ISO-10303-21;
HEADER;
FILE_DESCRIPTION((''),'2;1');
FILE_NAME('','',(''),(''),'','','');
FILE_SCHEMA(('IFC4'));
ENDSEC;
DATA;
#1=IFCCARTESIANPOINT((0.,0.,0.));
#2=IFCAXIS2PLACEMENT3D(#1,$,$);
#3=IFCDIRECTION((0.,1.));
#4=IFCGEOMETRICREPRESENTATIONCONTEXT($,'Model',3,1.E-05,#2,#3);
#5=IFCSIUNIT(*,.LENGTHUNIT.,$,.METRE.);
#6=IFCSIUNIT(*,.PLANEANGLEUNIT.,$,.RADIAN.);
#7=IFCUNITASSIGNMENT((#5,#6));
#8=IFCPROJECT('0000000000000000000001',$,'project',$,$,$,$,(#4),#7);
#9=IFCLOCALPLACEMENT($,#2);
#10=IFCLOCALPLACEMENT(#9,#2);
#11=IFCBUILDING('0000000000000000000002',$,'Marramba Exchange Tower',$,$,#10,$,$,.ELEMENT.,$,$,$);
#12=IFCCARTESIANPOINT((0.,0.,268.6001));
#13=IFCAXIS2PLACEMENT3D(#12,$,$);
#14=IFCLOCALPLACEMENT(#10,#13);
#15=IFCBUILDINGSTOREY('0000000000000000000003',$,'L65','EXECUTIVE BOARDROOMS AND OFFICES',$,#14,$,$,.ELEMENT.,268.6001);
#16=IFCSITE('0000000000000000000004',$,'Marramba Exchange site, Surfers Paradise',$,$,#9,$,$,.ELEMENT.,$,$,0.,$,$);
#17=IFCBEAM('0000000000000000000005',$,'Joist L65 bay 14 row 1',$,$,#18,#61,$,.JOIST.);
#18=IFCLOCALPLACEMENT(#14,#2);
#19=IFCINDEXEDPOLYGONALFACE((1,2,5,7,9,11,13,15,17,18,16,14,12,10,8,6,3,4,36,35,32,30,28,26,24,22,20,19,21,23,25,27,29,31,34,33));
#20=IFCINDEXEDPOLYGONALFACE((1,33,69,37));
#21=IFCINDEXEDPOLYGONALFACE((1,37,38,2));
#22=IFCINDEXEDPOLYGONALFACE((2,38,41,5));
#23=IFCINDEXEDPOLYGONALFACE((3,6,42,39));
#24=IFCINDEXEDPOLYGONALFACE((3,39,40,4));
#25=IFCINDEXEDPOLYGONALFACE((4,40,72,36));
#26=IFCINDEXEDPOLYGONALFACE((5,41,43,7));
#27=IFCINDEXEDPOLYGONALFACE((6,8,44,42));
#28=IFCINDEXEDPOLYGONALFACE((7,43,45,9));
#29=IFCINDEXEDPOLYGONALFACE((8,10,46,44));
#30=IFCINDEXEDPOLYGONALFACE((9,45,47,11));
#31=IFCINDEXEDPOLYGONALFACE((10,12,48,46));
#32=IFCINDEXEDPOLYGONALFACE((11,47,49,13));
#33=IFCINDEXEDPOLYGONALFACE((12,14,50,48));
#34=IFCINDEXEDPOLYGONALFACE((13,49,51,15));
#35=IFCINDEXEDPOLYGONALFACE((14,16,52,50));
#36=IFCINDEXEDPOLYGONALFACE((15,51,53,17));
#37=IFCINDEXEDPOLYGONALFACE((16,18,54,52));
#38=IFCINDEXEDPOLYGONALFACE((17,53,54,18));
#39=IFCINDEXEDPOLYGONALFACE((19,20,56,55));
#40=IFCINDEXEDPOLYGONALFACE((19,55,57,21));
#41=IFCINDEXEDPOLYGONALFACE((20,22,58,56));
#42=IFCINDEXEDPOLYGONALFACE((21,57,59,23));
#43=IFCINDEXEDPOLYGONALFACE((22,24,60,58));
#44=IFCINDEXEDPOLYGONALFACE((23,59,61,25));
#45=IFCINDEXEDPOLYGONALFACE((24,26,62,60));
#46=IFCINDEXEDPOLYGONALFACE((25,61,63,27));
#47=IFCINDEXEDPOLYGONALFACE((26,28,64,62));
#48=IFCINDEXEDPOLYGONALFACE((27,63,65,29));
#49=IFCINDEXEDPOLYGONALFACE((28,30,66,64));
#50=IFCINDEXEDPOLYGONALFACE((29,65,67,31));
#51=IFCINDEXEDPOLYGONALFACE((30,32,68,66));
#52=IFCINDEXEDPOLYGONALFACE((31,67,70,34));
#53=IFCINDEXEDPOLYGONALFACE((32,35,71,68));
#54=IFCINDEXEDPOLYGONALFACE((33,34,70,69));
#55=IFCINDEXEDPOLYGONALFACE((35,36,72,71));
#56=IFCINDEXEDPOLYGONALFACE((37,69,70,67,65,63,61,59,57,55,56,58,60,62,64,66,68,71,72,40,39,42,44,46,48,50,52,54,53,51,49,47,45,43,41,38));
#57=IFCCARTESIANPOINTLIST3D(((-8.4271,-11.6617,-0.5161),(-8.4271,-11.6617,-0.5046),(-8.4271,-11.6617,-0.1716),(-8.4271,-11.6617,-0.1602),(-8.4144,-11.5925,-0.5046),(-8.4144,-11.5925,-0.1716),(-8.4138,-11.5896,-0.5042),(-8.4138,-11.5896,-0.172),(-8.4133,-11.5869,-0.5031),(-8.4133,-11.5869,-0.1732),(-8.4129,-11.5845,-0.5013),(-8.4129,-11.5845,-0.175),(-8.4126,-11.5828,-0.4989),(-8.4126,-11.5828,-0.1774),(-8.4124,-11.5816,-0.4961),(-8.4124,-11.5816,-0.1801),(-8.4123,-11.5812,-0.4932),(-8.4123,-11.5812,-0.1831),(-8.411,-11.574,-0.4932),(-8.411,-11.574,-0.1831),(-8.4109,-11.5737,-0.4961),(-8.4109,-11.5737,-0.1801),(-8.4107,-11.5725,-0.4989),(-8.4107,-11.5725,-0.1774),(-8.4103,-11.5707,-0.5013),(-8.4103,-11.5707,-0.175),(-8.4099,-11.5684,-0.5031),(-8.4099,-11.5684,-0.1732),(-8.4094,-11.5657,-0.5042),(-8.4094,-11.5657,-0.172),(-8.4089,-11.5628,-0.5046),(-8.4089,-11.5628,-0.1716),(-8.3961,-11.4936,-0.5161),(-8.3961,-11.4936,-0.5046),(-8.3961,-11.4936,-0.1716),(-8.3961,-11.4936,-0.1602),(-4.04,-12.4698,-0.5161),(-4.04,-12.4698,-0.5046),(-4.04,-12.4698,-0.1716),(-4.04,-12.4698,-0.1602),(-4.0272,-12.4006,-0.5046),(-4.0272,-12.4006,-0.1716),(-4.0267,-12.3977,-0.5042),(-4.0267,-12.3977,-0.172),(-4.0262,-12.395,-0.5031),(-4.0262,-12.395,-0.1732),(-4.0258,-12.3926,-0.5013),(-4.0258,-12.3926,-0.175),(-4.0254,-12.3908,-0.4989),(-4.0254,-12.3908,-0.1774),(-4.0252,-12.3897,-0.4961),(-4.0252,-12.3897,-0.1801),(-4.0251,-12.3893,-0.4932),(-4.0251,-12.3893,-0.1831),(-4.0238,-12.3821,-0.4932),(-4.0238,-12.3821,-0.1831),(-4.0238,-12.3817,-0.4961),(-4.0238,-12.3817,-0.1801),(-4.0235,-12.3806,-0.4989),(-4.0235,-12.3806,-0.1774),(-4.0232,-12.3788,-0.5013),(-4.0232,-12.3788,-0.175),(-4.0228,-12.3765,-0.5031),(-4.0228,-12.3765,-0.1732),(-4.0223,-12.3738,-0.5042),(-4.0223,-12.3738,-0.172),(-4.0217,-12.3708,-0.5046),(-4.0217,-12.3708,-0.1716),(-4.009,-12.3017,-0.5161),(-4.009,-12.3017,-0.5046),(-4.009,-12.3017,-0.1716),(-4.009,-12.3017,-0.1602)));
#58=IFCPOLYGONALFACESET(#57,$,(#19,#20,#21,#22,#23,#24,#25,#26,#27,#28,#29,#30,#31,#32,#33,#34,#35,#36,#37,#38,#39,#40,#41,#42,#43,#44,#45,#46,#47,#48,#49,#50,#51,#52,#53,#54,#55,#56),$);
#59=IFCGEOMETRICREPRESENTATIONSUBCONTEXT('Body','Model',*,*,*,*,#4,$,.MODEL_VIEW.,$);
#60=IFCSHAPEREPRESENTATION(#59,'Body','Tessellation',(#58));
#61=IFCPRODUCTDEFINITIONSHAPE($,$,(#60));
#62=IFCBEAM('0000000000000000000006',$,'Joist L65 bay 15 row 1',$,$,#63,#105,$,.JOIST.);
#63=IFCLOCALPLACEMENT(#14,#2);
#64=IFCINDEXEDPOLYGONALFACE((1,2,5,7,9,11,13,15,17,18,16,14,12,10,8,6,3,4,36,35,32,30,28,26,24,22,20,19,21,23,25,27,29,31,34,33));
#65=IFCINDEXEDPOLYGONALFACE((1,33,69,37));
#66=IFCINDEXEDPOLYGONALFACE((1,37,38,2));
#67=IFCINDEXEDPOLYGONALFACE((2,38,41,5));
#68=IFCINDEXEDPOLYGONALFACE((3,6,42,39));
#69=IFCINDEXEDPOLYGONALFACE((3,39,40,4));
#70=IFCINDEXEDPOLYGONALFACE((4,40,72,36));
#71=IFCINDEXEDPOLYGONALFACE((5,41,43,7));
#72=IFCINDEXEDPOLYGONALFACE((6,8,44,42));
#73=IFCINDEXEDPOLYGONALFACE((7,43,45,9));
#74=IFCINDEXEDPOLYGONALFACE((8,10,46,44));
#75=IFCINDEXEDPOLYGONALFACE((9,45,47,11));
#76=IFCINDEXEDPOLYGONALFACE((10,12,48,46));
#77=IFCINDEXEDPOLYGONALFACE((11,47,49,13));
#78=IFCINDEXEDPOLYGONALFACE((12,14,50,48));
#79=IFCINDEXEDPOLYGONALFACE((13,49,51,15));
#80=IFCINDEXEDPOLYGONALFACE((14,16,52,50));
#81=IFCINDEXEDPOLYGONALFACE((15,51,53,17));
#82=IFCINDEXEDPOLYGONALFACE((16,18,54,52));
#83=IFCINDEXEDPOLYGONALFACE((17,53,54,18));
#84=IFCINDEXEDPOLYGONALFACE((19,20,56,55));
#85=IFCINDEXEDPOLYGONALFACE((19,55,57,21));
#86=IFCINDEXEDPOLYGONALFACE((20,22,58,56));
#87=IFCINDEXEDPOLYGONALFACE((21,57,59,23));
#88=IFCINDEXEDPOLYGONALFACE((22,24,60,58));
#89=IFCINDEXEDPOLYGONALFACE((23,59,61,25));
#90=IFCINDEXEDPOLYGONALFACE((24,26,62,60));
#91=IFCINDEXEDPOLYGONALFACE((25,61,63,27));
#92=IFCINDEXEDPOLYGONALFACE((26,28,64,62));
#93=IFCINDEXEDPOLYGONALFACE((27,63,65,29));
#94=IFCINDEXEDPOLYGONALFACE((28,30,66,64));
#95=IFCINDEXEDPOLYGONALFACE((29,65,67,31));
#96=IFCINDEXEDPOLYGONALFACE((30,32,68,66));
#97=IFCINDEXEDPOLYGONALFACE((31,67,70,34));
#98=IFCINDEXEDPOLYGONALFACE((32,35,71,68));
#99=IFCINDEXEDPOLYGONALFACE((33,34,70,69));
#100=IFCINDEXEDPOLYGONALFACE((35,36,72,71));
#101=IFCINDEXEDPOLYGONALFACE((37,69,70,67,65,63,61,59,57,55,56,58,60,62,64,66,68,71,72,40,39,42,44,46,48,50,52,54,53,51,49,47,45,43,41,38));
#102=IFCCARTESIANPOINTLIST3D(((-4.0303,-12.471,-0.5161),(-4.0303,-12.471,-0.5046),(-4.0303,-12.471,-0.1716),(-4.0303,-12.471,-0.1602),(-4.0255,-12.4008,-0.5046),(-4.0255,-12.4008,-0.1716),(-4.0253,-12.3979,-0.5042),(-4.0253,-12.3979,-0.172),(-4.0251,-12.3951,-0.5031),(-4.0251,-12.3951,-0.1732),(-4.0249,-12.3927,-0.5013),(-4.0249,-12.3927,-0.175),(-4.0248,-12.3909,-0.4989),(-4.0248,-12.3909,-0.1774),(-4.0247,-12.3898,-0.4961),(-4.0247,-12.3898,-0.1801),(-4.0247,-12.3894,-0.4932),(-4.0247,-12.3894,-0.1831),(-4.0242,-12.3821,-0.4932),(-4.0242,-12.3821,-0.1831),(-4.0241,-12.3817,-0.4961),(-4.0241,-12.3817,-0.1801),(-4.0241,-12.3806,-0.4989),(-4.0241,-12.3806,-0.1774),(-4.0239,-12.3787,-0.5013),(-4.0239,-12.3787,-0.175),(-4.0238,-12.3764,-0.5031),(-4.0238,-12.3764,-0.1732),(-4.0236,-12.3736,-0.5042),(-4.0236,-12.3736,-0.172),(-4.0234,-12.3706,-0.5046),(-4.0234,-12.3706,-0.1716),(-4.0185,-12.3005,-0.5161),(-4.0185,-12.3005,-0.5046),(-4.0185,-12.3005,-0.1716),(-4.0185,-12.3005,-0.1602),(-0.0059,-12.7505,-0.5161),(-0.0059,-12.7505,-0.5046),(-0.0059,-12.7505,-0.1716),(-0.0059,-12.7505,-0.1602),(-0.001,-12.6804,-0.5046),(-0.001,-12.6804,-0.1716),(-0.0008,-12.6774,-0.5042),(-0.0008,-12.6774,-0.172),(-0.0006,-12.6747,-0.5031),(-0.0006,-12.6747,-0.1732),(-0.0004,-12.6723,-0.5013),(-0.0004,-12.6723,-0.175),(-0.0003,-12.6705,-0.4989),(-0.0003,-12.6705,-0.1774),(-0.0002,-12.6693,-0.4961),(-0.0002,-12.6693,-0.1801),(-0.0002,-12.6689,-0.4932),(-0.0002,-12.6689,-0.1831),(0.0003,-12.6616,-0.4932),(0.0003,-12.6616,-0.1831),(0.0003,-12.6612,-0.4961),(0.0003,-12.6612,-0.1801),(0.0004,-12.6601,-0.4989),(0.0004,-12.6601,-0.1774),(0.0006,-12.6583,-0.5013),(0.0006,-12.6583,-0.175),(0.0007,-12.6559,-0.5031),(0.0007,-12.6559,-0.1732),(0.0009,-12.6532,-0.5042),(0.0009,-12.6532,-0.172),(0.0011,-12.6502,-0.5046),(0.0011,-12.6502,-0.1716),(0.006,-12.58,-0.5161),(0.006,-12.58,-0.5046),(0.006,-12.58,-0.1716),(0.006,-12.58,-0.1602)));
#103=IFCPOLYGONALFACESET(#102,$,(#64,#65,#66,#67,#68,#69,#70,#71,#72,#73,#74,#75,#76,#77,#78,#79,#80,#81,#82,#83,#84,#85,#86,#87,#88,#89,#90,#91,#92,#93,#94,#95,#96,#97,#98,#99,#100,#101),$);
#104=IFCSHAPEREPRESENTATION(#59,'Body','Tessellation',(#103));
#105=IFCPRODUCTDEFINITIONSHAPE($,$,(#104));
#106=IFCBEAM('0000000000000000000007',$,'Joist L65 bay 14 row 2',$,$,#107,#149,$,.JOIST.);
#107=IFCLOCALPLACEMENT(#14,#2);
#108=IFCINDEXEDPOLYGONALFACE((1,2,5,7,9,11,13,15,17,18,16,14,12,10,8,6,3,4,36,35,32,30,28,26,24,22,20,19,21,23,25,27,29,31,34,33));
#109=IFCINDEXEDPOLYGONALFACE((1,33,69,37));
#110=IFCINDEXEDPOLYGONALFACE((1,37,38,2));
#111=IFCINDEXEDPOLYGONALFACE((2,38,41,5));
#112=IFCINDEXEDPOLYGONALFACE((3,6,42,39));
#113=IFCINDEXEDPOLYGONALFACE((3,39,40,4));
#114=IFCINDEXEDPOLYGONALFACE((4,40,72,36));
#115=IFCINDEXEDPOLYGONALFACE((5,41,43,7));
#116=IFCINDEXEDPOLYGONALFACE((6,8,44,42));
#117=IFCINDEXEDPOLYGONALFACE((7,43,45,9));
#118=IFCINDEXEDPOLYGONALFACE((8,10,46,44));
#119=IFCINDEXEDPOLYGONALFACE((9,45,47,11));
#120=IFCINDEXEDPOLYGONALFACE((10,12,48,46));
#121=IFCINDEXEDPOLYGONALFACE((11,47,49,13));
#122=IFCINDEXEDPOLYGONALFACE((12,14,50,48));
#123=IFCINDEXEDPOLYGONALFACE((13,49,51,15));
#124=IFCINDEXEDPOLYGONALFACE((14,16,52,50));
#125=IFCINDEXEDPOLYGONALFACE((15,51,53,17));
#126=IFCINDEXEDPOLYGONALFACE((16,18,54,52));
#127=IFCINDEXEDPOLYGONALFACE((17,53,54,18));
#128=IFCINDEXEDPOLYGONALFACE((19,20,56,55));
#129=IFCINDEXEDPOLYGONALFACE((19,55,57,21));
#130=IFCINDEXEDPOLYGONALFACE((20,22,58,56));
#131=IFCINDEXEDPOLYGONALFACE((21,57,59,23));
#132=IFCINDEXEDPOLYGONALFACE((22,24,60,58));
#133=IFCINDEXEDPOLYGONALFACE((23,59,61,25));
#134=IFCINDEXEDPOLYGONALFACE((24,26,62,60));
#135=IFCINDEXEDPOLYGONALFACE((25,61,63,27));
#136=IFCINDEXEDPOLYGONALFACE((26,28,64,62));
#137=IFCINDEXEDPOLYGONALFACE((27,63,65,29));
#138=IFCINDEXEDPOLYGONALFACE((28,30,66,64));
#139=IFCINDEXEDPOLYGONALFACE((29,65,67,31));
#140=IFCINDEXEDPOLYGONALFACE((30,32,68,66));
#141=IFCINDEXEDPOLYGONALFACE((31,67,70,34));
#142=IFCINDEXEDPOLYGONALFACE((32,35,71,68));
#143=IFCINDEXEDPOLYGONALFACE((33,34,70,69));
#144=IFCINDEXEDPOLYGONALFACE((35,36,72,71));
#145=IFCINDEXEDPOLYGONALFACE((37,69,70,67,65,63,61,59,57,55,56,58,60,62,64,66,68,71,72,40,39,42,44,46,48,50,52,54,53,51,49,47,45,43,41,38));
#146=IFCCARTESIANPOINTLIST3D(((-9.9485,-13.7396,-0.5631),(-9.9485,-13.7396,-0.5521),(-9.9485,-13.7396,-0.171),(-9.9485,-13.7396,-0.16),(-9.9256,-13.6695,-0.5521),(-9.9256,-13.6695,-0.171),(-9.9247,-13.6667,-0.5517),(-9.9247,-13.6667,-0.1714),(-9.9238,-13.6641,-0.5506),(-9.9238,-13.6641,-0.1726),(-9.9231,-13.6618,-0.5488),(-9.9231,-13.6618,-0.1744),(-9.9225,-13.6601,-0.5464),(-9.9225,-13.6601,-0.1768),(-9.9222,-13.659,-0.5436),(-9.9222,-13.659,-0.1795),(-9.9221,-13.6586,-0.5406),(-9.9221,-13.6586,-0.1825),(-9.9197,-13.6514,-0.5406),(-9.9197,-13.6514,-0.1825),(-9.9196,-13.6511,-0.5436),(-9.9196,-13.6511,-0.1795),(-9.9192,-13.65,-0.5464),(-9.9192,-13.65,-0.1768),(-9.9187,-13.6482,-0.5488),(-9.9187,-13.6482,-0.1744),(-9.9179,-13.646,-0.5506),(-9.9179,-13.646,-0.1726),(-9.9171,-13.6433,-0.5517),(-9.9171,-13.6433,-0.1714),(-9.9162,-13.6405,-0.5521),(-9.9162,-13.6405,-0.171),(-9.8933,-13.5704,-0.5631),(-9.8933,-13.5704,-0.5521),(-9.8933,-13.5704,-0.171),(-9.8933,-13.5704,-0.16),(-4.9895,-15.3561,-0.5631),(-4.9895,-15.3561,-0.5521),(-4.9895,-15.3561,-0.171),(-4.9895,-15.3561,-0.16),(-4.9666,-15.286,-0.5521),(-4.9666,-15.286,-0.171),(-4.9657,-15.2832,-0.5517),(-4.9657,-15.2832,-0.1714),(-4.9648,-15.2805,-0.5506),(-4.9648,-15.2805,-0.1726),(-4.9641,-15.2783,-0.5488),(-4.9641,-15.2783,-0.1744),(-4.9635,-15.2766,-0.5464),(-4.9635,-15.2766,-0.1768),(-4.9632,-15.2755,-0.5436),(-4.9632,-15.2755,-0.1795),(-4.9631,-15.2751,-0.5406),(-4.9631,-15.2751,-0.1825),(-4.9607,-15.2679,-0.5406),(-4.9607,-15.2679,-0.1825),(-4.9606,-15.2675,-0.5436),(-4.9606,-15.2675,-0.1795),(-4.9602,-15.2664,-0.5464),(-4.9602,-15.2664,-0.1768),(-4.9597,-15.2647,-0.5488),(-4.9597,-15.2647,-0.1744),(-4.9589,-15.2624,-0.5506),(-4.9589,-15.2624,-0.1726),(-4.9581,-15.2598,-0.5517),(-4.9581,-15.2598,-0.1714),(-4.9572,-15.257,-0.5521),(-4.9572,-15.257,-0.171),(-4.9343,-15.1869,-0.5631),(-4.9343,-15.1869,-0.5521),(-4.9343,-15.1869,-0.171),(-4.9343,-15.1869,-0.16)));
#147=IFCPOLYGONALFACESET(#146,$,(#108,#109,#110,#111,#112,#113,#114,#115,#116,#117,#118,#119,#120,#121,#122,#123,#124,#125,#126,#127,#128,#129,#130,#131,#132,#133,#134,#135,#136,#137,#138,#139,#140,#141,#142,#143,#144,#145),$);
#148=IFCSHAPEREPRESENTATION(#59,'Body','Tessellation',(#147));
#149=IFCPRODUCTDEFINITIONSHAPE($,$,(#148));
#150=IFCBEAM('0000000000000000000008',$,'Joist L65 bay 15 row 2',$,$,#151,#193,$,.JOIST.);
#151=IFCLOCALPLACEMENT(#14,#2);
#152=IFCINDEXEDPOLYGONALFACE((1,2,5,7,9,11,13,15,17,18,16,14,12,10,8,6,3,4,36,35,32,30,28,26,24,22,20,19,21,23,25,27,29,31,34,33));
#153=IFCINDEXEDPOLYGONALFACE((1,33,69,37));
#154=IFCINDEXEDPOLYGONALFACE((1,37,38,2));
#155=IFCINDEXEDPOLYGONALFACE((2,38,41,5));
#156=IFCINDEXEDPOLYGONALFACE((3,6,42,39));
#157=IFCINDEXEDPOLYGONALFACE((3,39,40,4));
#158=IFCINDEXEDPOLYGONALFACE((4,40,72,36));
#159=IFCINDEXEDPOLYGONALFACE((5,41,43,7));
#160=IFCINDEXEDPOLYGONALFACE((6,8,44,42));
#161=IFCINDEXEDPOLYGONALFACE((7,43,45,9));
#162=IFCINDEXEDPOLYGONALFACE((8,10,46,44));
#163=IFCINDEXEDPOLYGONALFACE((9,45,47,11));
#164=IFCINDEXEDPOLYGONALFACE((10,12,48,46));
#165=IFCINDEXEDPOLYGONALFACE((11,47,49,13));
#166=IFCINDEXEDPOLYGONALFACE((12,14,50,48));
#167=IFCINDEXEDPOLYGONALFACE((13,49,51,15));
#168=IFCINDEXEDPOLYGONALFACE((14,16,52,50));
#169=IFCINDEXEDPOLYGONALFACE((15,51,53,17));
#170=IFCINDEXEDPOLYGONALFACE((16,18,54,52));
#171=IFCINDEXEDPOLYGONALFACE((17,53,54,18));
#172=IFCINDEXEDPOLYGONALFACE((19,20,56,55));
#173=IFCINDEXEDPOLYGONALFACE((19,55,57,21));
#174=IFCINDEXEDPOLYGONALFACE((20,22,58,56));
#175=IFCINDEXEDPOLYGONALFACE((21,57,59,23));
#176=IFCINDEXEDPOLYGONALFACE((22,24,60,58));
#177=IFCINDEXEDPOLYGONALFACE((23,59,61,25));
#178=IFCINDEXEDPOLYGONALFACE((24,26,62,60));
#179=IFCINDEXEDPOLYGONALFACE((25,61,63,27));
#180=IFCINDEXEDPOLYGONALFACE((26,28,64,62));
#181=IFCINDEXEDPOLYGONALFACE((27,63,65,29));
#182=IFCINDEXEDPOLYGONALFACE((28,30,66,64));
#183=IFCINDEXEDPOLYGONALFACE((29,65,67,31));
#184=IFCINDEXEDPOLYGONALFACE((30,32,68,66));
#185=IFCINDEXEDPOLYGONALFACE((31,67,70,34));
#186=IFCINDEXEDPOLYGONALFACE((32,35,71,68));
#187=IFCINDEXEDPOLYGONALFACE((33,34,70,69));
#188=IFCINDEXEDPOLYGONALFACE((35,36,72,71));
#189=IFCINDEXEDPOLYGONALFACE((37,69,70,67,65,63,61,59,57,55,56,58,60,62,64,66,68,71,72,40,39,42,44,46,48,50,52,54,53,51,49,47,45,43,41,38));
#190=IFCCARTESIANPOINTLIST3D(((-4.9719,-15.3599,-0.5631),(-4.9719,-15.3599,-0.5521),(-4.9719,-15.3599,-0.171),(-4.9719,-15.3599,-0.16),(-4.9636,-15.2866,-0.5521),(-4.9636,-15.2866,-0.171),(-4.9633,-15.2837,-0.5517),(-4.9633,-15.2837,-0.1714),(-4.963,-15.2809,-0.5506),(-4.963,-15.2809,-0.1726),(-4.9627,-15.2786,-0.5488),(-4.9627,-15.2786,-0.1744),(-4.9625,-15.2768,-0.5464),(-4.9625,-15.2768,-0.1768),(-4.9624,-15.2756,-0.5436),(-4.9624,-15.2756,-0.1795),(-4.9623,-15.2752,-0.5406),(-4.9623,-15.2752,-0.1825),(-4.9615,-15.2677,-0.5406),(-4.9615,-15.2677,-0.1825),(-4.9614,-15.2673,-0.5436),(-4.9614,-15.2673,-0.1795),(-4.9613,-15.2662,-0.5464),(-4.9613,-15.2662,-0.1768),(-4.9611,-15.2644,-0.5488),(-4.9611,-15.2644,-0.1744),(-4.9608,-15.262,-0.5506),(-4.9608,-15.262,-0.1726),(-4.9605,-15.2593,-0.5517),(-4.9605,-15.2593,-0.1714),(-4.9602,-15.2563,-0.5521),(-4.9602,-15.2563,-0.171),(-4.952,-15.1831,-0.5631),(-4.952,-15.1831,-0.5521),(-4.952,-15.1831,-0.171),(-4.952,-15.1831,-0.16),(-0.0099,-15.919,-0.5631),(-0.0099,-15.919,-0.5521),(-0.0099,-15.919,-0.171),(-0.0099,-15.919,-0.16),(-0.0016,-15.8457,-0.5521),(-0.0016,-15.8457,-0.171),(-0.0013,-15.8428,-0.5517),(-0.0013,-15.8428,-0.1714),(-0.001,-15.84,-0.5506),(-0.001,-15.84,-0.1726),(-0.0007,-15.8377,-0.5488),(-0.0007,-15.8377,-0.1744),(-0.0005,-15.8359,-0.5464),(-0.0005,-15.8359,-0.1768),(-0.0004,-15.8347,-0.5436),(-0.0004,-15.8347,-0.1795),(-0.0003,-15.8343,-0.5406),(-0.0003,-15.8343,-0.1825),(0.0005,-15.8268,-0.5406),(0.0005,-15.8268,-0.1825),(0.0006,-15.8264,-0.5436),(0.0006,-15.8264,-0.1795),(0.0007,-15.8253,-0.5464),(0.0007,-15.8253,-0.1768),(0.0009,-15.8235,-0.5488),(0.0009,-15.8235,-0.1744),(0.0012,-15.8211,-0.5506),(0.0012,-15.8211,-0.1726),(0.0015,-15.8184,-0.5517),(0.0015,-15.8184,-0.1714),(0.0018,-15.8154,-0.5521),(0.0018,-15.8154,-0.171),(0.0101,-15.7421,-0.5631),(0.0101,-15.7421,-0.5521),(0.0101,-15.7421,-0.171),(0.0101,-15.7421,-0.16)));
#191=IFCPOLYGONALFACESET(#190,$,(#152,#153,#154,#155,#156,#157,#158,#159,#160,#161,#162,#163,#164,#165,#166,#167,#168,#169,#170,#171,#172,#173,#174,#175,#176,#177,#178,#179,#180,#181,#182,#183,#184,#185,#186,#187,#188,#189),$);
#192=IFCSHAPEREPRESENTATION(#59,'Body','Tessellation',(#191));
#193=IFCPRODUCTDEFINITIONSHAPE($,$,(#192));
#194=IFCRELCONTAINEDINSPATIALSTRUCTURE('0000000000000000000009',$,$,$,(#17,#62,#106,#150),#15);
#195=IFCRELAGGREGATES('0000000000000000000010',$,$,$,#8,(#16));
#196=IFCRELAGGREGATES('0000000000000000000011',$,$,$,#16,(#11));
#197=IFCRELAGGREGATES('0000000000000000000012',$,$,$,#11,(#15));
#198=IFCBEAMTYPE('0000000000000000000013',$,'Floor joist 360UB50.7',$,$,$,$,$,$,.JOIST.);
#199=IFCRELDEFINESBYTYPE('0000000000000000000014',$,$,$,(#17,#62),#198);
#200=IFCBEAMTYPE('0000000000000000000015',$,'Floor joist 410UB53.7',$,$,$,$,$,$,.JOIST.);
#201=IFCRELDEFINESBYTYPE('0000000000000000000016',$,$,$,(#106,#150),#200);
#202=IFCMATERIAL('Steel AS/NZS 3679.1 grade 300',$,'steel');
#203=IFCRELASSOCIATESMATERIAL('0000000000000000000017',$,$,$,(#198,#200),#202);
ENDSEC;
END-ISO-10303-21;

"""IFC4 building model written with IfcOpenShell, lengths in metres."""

from ifc_helpers import new_model, si_unit, direction, frame, origin, origin_2d, place, context, subcontext, project, spatial, i_section, extrude, material, material_profile, profile_set, type_object, element, save


model = new_model("IFC4")

# Units and contexts
model_context = context("Model", 3, precision=1e-05, world=origin(), true_north=direction((0.0, 1.0)))
body_context = subcontext(model_context, "Body", "Model", "MODEL_VIEW")
ifc_project = project(units=[si_unit("LENGTHUNIT", "METRE"), si_unit("PLANEANGLEUNIT", "RADIAN")], contexts=[model_context])

# Site, building, storey
site_placement = place(None, origin())
site = spatial("IfcSite", under=ifc_project, at=site_placement, Name="Marramba Exchange site, Surfers Paradise", CompositionType="ELEMENT", RefElevation=0.0)
building_placement = place(site_placement, origin())
building = spatial("IfcBuilding", under=site, at=building_placement, Name="Marramba Exchange Tower", CompositionType="ELEMENT")
storey_placement = place(building_placement, frame((0.0, 0.0, 268.6001)))
storey = spatial("IfcBuildingStorey", under=building, at=storey_placement, Name="L65", Description="EXECUTIVE BOARDROOMS AND OFFICES", CompositionType="ELEMENT", Elevation=268.6001)

# Beams
ifc_material_1 = material(Name="Steel AS/NZS 3679.1 grade 300", Category="steel")
ifc_material_profile_1 = material_profile(ifc_material_1, i_section(OverallWidth=0.1709, OverallDepth=0.356, WebThickness=0.0073, FlangeThickness=0.0115, FilletRadius=0.0115, at=origin_2d()), Name="360UB50.7")
ifc_profile_set_1 = profile_set([ifc_material_profile_1], Name="Steel AS/NZS 3679.1 grade 300")
beam_type_1 = type_object("IfcBeamType", Name="Floor joist 360UB50.7", PredefinedType="JOIST", material=ifc_profile_set_1)
beam_1_placement = place(storey_placement, frame((-8.4116, -11.5776, -0.3381), z_axis=(0.983456, -0.181149, 0.0), x_axis=(0.181149, 0.983456, 0.0)))
element("IfcBeam", 1, at=beam_1_placement, inside=storey, type_object=beam_type_1, Name="Joist L65 bay 14 row 1", PredefinedType="JOIST", context=body_context, shape_type="SweptSolid", body=[
    extrude(i_section(OverallWidth=0.1709, OverallDepth=0.356, WebThickness=0.0073, FlangeThickness=0.0115, FilletRadius=0.0115, at=origin_2d()), origin(), (0.0, 0.0, 1.0), 4.4609),
])
beam_2_placement = place(storey_placement, frame((-4.0244, -12.3857, -0.3381), z_axis=(0.997596, -0.069294, 0.0), x_axis=(0.069294, 0.997596, 0.0)))
element("IfcBeam", 2, at=beam_2_placement, inside=storey, type_object=beam_type_1, Name="Joist L65 bay 15 row 1", PredefinedType="JOIST", context=body_context, shape_type="SweptSolid", body=[
    extrude(i_section(OverallWidth=0.1709, OverallDepth=0.356, WebThickness=0.0073, FlangeThickness=0.0115, FilletRadius=0.0115, at=origin_2d()), origin(), (0.0, 0.0, 1.0), 4.0342),
])
ifc_material_profile_2 = material_profile(ifc_material_1, i_section(OverallWidth=0.178, OverallDepth=0.4031, WebThickness=0.0076, FlangeThickness=0.011, FilletRadius=0.0115, at=origin_2d()), Name="410UB53.7")
ifc_profile_set_2 = profile_set([ifc_material_profile_2], Name="Steel AS/NZS 3679.1 grade 300")
beam_type_2 = type_object("IfcBeamType", Name="Floor joist 410UB53.7", PredefinedType="JOIST", material=ifc_profile_set_2)
beam_3_placement = place(storey_placement, frame((-9.9209, -13.655, -0.3616), z_axis=(0.950764, -0.309916, 0.0), x_axis=(0.309916, 0.950764, 0.0)))
element("IfcBeam", 3, at=beam_3_placement, inside=storey, type_object=beam_type_2, Name="Joist L65 bay 14 row 2", PredefinedType="JOIST", context=body_context, shape_type="SweptSolid", body=[
    extrude(i_section(OverallWidth=0.178, OverallDepth=0.4031, WebThickness=0.0076, FlangeThickness=0.011, FilletRadius=0.0115, at=origin_2d()), origin(), (0.0, 0.0, 1.0), 5.2158),
])
beam_4_placement = place(storey_placement, frame((-4.9619, -15.2715, -0.3616), z_axis=(0.993712, -0.111966, 0.0), x_axis=(0.111966, 0.993712, 0.0)))
element("IfcBeam", 4, at=beam_4_placement, inside=storey, type_object=beam_type_2, Name="Joist L65 bay 15 row 2", PredefinedType="JOIST", context=body_context, shape_type="SweptSolid", body=[
    extrude(i_section(OverallWidth=0.178, OverallDepth=0.4031, WebThickness=0.0076, FlangeThickness=0.011, FilletRadius=0.0115, at=origin_2d()), origin(), (0.0, 0.0, 1.0), 4.9934),
])

save(model, "model.ifc")
